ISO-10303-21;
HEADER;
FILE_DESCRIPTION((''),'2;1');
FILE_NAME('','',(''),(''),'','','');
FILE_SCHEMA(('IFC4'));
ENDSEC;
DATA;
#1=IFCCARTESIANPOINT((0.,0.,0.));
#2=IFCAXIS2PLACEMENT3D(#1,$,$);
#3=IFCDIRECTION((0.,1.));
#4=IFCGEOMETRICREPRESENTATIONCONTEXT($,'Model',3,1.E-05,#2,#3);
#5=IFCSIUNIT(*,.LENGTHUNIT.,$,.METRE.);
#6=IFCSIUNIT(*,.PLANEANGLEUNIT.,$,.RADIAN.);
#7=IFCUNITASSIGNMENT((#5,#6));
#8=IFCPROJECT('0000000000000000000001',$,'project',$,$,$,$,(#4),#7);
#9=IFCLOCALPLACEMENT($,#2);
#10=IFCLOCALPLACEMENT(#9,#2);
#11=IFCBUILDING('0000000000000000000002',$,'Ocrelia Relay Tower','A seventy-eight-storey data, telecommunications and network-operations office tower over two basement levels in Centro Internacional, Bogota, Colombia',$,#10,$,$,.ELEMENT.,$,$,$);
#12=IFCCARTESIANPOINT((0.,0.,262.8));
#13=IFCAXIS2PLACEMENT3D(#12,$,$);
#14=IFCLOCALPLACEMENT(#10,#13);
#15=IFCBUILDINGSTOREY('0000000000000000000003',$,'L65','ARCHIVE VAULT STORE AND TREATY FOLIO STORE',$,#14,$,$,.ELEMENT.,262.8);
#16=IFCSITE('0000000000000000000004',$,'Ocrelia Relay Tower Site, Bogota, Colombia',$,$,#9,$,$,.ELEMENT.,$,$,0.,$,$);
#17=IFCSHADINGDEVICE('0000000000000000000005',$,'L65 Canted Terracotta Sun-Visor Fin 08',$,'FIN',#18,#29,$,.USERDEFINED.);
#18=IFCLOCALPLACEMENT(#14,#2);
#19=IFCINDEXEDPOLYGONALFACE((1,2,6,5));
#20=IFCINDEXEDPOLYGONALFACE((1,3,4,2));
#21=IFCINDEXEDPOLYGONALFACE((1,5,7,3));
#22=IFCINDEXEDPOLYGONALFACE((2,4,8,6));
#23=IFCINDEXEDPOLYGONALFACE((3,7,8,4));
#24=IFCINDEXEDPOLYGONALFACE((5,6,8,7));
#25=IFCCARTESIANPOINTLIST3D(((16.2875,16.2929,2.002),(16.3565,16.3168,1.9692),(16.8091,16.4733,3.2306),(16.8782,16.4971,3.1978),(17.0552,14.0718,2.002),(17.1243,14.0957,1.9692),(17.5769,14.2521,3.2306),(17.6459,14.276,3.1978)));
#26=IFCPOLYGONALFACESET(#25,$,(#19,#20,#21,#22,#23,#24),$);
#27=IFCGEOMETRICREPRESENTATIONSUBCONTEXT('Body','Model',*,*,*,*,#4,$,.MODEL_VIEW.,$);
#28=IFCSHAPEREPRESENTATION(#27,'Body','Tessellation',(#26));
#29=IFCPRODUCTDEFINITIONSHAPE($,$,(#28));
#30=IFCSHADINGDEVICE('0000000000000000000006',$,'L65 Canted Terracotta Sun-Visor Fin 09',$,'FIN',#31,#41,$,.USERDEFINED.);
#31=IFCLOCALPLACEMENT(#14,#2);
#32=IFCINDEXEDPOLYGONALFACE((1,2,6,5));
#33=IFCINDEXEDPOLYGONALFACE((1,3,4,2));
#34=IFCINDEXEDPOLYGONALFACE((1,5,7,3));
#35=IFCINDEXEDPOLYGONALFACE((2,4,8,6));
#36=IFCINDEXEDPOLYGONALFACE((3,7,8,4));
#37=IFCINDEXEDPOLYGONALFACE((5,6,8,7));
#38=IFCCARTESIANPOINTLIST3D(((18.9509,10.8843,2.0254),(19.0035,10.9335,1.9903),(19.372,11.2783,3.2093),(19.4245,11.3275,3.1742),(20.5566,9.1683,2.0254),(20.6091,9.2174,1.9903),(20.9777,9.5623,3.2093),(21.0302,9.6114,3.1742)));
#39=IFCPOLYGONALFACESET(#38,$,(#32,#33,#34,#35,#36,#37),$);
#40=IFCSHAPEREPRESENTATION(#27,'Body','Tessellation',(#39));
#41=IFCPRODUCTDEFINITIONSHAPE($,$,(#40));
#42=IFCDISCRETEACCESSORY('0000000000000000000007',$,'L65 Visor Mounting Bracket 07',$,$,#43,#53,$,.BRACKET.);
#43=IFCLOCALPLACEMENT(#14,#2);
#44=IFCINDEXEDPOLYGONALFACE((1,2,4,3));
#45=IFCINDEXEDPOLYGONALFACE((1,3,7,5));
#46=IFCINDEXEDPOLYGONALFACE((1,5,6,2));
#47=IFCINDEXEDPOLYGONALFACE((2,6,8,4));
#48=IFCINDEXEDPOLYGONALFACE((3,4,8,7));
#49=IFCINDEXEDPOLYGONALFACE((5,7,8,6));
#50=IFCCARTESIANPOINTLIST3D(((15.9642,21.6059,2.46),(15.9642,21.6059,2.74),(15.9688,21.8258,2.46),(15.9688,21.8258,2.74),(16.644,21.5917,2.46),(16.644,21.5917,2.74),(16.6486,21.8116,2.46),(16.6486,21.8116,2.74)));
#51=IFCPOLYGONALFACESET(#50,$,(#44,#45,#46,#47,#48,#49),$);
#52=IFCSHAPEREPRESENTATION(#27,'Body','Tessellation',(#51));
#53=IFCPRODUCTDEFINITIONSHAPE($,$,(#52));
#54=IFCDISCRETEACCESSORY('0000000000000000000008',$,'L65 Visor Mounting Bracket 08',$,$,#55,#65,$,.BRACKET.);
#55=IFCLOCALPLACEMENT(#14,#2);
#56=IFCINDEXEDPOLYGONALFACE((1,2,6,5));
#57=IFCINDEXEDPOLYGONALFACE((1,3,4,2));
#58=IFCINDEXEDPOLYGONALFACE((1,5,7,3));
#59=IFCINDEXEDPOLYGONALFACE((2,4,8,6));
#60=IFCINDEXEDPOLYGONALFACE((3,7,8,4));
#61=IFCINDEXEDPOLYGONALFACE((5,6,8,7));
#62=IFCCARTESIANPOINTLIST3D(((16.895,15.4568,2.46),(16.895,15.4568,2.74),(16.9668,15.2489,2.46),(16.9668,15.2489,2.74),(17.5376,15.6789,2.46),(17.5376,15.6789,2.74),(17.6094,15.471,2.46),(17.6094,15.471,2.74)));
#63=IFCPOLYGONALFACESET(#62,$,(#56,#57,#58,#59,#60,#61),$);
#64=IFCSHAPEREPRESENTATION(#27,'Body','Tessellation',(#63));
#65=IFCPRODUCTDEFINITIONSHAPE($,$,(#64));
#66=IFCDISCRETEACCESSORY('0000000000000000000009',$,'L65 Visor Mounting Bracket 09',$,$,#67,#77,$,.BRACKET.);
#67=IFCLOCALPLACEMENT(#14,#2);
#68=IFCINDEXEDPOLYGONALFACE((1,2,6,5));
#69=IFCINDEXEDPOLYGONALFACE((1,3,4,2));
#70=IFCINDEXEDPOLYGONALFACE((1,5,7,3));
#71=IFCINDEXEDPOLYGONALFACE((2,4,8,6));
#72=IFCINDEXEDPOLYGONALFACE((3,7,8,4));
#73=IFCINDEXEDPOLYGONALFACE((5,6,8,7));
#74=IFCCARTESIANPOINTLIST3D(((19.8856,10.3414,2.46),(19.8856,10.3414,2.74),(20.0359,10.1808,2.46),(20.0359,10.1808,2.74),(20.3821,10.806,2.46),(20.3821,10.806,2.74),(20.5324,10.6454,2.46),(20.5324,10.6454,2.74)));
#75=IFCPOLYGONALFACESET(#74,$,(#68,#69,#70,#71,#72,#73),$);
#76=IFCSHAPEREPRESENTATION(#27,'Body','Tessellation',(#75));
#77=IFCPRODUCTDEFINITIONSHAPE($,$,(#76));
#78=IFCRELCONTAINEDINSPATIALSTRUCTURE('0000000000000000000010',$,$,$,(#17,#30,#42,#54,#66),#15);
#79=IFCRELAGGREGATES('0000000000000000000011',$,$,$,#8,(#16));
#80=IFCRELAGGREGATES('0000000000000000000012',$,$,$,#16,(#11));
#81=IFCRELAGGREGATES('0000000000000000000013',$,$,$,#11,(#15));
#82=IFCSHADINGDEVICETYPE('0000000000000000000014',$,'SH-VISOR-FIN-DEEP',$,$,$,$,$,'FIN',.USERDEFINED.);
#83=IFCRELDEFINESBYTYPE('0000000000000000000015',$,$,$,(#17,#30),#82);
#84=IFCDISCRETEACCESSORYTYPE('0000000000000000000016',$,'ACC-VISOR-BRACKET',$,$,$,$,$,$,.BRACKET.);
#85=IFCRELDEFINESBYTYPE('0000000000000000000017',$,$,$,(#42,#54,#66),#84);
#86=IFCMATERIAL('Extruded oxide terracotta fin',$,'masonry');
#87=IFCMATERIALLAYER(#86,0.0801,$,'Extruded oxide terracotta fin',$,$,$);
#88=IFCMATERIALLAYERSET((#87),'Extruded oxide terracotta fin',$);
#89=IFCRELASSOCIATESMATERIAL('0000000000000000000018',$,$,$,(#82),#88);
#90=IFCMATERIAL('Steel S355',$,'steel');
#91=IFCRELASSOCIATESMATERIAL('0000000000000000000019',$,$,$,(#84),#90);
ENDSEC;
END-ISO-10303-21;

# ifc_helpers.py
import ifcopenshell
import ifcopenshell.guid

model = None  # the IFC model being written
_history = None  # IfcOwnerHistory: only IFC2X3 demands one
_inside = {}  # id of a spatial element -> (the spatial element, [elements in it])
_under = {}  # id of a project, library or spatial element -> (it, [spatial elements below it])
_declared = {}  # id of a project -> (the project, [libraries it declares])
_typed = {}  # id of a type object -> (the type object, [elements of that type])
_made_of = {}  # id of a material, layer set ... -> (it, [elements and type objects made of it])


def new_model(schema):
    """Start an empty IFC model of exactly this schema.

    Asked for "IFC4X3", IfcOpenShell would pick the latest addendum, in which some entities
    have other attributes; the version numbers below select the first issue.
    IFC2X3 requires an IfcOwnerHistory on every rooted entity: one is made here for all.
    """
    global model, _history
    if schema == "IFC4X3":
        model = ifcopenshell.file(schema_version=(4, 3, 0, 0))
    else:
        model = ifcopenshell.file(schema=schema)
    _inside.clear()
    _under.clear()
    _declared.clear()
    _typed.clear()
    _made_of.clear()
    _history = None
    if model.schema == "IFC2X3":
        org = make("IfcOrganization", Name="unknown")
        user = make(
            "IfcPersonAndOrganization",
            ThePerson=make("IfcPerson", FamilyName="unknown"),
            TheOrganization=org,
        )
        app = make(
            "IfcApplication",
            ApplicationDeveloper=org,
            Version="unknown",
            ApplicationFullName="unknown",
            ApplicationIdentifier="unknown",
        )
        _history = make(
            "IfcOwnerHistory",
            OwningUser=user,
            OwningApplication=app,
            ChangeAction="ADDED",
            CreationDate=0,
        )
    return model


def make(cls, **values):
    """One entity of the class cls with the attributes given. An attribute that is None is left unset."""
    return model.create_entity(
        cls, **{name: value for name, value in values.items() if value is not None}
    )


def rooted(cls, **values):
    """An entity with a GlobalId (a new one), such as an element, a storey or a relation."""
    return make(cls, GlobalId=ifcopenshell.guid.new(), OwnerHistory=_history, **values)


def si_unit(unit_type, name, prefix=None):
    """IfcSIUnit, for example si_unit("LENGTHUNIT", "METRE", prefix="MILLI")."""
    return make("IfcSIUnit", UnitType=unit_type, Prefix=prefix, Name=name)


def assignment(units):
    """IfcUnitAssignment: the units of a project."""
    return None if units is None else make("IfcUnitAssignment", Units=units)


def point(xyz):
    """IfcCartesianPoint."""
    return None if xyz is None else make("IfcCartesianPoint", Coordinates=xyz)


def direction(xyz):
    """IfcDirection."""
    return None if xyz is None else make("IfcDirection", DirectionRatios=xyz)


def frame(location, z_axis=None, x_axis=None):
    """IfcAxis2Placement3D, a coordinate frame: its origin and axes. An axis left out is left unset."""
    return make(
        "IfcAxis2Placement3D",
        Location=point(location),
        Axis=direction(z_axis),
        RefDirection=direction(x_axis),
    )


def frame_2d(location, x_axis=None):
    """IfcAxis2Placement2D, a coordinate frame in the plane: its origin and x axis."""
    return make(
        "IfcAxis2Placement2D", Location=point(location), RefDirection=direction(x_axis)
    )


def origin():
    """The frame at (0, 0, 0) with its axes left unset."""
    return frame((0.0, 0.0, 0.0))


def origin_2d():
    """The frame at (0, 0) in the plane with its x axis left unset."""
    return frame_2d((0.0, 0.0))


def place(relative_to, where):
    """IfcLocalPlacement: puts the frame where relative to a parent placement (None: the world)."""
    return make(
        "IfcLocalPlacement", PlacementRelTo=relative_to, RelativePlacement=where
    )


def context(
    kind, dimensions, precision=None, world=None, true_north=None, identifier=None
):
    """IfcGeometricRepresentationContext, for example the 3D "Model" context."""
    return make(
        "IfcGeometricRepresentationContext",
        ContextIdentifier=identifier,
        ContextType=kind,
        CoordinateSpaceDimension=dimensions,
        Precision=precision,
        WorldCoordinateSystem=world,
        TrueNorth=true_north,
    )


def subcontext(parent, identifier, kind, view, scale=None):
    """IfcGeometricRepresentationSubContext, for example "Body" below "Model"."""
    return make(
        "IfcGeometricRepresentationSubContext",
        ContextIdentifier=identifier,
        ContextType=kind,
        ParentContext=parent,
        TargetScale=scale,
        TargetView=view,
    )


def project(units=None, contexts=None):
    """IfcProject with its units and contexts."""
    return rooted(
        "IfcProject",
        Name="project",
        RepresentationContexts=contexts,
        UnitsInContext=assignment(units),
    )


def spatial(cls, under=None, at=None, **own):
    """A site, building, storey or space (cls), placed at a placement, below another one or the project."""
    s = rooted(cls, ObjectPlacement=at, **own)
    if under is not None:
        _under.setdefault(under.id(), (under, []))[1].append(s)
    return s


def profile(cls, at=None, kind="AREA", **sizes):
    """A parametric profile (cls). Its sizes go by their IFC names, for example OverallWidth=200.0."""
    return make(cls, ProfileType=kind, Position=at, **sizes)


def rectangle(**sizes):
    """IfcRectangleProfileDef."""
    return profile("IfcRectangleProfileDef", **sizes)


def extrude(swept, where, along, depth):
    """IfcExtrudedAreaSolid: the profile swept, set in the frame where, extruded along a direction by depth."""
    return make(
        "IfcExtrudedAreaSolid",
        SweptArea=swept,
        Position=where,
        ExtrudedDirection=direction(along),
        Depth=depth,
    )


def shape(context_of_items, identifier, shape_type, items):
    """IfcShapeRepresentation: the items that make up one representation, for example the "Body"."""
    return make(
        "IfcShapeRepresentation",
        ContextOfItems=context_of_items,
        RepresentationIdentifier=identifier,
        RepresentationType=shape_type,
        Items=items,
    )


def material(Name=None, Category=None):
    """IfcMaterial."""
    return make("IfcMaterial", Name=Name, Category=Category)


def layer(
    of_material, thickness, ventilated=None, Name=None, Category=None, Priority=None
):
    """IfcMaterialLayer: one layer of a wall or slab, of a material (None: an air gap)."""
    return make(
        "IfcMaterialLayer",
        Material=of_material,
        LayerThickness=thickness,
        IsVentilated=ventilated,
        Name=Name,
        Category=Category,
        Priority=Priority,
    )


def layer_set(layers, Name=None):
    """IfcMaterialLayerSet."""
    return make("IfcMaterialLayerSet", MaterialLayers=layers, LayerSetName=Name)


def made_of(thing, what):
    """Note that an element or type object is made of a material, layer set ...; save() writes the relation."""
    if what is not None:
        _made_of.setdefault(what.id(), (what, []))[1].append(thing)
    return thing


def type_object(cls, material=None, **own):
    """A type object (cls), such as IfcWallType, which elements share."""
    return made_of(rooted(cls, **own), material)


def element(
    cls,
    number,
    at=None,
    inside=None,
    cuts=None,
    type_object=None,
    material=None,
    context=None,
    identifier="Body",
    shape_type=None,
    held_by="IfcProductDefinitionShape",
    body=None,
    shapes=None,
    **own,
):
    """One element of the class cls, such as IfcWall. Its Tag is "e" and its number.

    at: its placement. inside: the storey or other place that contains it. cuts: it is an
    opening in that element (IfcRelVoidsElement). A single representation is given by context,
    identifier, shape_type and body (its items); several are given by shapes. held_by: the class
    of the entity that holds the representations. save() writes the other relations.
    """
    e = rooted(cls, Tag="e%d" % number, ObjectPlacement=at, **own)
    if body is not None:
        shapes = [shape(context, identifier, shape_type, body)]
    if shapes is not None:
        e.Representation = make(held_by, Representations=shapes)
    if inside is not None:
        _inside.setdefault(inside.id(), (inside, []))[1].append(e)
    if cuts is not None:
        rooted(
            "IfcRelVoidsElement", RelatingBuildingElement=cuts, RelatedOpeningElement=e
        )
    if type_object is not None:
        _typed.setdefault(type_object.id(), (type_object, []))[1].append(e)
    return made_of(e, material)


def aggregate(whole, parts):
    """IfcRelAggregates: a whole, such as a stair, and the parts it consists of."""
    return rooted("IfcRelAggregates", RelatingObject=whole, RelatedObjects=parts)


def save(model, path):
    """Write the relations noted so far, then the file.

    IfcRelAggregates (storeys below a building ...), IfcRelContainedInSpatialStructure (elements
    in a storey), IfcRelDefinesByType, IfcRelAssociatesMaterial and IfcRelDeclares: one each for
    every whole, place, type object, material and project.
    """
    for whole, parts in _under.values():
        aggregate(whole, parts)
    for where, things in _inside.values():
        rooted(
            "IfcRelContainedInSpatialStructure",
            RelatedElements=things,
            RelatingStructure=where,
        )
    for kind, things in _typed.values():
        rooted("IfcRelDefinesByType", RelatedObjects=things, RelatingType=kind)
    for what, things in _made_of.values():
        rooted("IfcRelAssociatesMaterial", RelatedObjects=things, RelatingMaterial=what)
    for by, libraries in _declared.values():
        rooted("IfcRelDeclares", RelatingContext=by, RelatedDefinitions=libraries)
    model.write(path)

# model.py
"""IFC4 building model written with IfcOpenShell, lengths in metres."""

from ifc_helpers import new_model, si_unit, direction, frame, origin, origin_2d, place, context, subcontext, project, spatial, rectangle, extrude, material, layer, layer_set, type_object, element, save


model = new_model("IFC4")

# Units and contexts
model_context = context("Model", 3, precision=1e-05, world=origin(), true_north=direction((0.0, 1.0)))
body_context = subcontext(model_context, "Body", "Model", "MODEL_VIEW")
ifc_project = project(units=[si_unit("LENGTHUNIT", "METRE"), si_unit("PLANEANGLEUNIT", "RADIAN")], contexts=[model_context])

# Site, building, storey
site_placement = place(None, origin())
site = spatial("IfcSite", under=ifc_project, at=site_placement, Name="Ocrelia Relay Tower Site, Bogota, Colombia", CompositionType="ELEMENT", RefElevation=0.0)
building_placement = place(site_placement, origin())
building = spatial("IfcBuilding", under=site, at=building_placement, Name="Ocrelia Relay Tower", Description="A seventy-eight-storey data, telecommunications and network-operations office tower over two basement levels in Centro Internacional, Bogota, Colombia", CompositionType="ELEMENT")
storey_placement = place(building_placement, frame((0.0, 0.0, 262.8)))
storey = spatial("IfcBuildingStorey", under=building, at=storey_placement, Name="L65", Description="ARCHIVE VAULT STORE AND TREATY FOLIO STORE", CompositionType="ELEMENT", Elevation=262.8)

# Shared definitions
ifc_material_1 = material(Name="Steel S355", Category="steel")

# Shading devices
ifc_material_2 = material(Name="Extruded oxide terracotta fin", Category="masonry")
ifc_layer_1 = layer(ifc_material_2, 0.0801, Name="Extruded oxide terracotta fin")
ifc_layer_set_1 = layer_set([ifc_layer_1], Name="Extruded oxide terracotta fin")
shading_device_type_1 = type_object("IfcShadingDeviceType", Name="SH-VISOR-FIN-DEEP", ElementType="FIN", PredefinedType="USERDEFINED", material=ifc_layer_set_1)
shading_device_1_placement = place(storey_placement, frame((17.0012, 15.2964, 2.5835), z_axis=(-0.862142, -0.298, 0.409764), x_axis=(0.326686, -0.945133, 0.0)))
element("IfcShadingDevice", 1, at=shading_device_1_placement, inside=storey, type_object=shading_device_type_1, Name="L65 Canted Terracotta Sun-Visor Fin 08", ObjectType="FIN", PredefinedType="USERDEFINED", context=body_context, shape_type="SweptSolid", body=[
    extrude(rectangle(XDim=2.3501, YDim=1.3469, at=origin_2d()), origin(), (0.0, 0.0, 1.0), 0.0801),
])
shading_device_2_placement = place(storey_placement, frame((20.0168, 10.2725, 2.5823), z_axis=(-0.656461, -0.614249, 0.4379), x_axis=(0.68324, -0.730194, 0.0)))
element("IfcShadingDevice", 2, at=shading_device_2_placement, inside=storey, type_object=shading_device_type_1, Name="L65 Canted Terracotta Sun-Visor Fin 09", ObjectType="FIN", PredefinedType="USERDEFINED", context=body_context, shape_type="SweptSolid", body=[
    extrude(rectangle(XDim=2.3501, YDim=1.3169, at=origin_2d()), origin(), (0.0, 0.0, 1.0), 0.0801),
])

# Discrete accessories
discrete_accessory_type = type_object("IfcDiscreteAccessoryType", Name="ACC-VISOR-BRACKET", PredefinedType="BRACKET", material=ifc_material_1)
for number, where, z_axis, x_axis, name in (
    (3, (16.3064, 21.7087, 2.46), (0.0, 0.0, 1.0), (-0.020879, -0.999782, 0.0), "L65 Visor Mounting Bracket 07"),
    (4, (17.2522, 15.4639, 2.46), (0.0, 0.0, 1.0), (0.326686, -0.945133, 0.0), "L65 Visor Mounting Bracket 08"),
    (5, (20.209, 10.4934, 2.46), (0.0, 0.0, 1.0), (0.68324, -0.730194, 0.0), "L65 Visor Mounting Bracket 09"),
):
    element("IfcDiscreteAccessory", number, at=place(storey_placement, frame(where, z_axis=z_axis, x_axis=x_axis)), inside=storey, type_object=discrete_accessory_type, Name=name, PredefinedType="BRACKET", context=body_context, shape_type="SweptSolid", body=[
        extrude(rectangle(XDim=0.22, YDim=0.6799, at=origin_2d()), origin(), (0.0, 0.0, 1.0), 0.28),
    ])

save(model, "model.ifc")
